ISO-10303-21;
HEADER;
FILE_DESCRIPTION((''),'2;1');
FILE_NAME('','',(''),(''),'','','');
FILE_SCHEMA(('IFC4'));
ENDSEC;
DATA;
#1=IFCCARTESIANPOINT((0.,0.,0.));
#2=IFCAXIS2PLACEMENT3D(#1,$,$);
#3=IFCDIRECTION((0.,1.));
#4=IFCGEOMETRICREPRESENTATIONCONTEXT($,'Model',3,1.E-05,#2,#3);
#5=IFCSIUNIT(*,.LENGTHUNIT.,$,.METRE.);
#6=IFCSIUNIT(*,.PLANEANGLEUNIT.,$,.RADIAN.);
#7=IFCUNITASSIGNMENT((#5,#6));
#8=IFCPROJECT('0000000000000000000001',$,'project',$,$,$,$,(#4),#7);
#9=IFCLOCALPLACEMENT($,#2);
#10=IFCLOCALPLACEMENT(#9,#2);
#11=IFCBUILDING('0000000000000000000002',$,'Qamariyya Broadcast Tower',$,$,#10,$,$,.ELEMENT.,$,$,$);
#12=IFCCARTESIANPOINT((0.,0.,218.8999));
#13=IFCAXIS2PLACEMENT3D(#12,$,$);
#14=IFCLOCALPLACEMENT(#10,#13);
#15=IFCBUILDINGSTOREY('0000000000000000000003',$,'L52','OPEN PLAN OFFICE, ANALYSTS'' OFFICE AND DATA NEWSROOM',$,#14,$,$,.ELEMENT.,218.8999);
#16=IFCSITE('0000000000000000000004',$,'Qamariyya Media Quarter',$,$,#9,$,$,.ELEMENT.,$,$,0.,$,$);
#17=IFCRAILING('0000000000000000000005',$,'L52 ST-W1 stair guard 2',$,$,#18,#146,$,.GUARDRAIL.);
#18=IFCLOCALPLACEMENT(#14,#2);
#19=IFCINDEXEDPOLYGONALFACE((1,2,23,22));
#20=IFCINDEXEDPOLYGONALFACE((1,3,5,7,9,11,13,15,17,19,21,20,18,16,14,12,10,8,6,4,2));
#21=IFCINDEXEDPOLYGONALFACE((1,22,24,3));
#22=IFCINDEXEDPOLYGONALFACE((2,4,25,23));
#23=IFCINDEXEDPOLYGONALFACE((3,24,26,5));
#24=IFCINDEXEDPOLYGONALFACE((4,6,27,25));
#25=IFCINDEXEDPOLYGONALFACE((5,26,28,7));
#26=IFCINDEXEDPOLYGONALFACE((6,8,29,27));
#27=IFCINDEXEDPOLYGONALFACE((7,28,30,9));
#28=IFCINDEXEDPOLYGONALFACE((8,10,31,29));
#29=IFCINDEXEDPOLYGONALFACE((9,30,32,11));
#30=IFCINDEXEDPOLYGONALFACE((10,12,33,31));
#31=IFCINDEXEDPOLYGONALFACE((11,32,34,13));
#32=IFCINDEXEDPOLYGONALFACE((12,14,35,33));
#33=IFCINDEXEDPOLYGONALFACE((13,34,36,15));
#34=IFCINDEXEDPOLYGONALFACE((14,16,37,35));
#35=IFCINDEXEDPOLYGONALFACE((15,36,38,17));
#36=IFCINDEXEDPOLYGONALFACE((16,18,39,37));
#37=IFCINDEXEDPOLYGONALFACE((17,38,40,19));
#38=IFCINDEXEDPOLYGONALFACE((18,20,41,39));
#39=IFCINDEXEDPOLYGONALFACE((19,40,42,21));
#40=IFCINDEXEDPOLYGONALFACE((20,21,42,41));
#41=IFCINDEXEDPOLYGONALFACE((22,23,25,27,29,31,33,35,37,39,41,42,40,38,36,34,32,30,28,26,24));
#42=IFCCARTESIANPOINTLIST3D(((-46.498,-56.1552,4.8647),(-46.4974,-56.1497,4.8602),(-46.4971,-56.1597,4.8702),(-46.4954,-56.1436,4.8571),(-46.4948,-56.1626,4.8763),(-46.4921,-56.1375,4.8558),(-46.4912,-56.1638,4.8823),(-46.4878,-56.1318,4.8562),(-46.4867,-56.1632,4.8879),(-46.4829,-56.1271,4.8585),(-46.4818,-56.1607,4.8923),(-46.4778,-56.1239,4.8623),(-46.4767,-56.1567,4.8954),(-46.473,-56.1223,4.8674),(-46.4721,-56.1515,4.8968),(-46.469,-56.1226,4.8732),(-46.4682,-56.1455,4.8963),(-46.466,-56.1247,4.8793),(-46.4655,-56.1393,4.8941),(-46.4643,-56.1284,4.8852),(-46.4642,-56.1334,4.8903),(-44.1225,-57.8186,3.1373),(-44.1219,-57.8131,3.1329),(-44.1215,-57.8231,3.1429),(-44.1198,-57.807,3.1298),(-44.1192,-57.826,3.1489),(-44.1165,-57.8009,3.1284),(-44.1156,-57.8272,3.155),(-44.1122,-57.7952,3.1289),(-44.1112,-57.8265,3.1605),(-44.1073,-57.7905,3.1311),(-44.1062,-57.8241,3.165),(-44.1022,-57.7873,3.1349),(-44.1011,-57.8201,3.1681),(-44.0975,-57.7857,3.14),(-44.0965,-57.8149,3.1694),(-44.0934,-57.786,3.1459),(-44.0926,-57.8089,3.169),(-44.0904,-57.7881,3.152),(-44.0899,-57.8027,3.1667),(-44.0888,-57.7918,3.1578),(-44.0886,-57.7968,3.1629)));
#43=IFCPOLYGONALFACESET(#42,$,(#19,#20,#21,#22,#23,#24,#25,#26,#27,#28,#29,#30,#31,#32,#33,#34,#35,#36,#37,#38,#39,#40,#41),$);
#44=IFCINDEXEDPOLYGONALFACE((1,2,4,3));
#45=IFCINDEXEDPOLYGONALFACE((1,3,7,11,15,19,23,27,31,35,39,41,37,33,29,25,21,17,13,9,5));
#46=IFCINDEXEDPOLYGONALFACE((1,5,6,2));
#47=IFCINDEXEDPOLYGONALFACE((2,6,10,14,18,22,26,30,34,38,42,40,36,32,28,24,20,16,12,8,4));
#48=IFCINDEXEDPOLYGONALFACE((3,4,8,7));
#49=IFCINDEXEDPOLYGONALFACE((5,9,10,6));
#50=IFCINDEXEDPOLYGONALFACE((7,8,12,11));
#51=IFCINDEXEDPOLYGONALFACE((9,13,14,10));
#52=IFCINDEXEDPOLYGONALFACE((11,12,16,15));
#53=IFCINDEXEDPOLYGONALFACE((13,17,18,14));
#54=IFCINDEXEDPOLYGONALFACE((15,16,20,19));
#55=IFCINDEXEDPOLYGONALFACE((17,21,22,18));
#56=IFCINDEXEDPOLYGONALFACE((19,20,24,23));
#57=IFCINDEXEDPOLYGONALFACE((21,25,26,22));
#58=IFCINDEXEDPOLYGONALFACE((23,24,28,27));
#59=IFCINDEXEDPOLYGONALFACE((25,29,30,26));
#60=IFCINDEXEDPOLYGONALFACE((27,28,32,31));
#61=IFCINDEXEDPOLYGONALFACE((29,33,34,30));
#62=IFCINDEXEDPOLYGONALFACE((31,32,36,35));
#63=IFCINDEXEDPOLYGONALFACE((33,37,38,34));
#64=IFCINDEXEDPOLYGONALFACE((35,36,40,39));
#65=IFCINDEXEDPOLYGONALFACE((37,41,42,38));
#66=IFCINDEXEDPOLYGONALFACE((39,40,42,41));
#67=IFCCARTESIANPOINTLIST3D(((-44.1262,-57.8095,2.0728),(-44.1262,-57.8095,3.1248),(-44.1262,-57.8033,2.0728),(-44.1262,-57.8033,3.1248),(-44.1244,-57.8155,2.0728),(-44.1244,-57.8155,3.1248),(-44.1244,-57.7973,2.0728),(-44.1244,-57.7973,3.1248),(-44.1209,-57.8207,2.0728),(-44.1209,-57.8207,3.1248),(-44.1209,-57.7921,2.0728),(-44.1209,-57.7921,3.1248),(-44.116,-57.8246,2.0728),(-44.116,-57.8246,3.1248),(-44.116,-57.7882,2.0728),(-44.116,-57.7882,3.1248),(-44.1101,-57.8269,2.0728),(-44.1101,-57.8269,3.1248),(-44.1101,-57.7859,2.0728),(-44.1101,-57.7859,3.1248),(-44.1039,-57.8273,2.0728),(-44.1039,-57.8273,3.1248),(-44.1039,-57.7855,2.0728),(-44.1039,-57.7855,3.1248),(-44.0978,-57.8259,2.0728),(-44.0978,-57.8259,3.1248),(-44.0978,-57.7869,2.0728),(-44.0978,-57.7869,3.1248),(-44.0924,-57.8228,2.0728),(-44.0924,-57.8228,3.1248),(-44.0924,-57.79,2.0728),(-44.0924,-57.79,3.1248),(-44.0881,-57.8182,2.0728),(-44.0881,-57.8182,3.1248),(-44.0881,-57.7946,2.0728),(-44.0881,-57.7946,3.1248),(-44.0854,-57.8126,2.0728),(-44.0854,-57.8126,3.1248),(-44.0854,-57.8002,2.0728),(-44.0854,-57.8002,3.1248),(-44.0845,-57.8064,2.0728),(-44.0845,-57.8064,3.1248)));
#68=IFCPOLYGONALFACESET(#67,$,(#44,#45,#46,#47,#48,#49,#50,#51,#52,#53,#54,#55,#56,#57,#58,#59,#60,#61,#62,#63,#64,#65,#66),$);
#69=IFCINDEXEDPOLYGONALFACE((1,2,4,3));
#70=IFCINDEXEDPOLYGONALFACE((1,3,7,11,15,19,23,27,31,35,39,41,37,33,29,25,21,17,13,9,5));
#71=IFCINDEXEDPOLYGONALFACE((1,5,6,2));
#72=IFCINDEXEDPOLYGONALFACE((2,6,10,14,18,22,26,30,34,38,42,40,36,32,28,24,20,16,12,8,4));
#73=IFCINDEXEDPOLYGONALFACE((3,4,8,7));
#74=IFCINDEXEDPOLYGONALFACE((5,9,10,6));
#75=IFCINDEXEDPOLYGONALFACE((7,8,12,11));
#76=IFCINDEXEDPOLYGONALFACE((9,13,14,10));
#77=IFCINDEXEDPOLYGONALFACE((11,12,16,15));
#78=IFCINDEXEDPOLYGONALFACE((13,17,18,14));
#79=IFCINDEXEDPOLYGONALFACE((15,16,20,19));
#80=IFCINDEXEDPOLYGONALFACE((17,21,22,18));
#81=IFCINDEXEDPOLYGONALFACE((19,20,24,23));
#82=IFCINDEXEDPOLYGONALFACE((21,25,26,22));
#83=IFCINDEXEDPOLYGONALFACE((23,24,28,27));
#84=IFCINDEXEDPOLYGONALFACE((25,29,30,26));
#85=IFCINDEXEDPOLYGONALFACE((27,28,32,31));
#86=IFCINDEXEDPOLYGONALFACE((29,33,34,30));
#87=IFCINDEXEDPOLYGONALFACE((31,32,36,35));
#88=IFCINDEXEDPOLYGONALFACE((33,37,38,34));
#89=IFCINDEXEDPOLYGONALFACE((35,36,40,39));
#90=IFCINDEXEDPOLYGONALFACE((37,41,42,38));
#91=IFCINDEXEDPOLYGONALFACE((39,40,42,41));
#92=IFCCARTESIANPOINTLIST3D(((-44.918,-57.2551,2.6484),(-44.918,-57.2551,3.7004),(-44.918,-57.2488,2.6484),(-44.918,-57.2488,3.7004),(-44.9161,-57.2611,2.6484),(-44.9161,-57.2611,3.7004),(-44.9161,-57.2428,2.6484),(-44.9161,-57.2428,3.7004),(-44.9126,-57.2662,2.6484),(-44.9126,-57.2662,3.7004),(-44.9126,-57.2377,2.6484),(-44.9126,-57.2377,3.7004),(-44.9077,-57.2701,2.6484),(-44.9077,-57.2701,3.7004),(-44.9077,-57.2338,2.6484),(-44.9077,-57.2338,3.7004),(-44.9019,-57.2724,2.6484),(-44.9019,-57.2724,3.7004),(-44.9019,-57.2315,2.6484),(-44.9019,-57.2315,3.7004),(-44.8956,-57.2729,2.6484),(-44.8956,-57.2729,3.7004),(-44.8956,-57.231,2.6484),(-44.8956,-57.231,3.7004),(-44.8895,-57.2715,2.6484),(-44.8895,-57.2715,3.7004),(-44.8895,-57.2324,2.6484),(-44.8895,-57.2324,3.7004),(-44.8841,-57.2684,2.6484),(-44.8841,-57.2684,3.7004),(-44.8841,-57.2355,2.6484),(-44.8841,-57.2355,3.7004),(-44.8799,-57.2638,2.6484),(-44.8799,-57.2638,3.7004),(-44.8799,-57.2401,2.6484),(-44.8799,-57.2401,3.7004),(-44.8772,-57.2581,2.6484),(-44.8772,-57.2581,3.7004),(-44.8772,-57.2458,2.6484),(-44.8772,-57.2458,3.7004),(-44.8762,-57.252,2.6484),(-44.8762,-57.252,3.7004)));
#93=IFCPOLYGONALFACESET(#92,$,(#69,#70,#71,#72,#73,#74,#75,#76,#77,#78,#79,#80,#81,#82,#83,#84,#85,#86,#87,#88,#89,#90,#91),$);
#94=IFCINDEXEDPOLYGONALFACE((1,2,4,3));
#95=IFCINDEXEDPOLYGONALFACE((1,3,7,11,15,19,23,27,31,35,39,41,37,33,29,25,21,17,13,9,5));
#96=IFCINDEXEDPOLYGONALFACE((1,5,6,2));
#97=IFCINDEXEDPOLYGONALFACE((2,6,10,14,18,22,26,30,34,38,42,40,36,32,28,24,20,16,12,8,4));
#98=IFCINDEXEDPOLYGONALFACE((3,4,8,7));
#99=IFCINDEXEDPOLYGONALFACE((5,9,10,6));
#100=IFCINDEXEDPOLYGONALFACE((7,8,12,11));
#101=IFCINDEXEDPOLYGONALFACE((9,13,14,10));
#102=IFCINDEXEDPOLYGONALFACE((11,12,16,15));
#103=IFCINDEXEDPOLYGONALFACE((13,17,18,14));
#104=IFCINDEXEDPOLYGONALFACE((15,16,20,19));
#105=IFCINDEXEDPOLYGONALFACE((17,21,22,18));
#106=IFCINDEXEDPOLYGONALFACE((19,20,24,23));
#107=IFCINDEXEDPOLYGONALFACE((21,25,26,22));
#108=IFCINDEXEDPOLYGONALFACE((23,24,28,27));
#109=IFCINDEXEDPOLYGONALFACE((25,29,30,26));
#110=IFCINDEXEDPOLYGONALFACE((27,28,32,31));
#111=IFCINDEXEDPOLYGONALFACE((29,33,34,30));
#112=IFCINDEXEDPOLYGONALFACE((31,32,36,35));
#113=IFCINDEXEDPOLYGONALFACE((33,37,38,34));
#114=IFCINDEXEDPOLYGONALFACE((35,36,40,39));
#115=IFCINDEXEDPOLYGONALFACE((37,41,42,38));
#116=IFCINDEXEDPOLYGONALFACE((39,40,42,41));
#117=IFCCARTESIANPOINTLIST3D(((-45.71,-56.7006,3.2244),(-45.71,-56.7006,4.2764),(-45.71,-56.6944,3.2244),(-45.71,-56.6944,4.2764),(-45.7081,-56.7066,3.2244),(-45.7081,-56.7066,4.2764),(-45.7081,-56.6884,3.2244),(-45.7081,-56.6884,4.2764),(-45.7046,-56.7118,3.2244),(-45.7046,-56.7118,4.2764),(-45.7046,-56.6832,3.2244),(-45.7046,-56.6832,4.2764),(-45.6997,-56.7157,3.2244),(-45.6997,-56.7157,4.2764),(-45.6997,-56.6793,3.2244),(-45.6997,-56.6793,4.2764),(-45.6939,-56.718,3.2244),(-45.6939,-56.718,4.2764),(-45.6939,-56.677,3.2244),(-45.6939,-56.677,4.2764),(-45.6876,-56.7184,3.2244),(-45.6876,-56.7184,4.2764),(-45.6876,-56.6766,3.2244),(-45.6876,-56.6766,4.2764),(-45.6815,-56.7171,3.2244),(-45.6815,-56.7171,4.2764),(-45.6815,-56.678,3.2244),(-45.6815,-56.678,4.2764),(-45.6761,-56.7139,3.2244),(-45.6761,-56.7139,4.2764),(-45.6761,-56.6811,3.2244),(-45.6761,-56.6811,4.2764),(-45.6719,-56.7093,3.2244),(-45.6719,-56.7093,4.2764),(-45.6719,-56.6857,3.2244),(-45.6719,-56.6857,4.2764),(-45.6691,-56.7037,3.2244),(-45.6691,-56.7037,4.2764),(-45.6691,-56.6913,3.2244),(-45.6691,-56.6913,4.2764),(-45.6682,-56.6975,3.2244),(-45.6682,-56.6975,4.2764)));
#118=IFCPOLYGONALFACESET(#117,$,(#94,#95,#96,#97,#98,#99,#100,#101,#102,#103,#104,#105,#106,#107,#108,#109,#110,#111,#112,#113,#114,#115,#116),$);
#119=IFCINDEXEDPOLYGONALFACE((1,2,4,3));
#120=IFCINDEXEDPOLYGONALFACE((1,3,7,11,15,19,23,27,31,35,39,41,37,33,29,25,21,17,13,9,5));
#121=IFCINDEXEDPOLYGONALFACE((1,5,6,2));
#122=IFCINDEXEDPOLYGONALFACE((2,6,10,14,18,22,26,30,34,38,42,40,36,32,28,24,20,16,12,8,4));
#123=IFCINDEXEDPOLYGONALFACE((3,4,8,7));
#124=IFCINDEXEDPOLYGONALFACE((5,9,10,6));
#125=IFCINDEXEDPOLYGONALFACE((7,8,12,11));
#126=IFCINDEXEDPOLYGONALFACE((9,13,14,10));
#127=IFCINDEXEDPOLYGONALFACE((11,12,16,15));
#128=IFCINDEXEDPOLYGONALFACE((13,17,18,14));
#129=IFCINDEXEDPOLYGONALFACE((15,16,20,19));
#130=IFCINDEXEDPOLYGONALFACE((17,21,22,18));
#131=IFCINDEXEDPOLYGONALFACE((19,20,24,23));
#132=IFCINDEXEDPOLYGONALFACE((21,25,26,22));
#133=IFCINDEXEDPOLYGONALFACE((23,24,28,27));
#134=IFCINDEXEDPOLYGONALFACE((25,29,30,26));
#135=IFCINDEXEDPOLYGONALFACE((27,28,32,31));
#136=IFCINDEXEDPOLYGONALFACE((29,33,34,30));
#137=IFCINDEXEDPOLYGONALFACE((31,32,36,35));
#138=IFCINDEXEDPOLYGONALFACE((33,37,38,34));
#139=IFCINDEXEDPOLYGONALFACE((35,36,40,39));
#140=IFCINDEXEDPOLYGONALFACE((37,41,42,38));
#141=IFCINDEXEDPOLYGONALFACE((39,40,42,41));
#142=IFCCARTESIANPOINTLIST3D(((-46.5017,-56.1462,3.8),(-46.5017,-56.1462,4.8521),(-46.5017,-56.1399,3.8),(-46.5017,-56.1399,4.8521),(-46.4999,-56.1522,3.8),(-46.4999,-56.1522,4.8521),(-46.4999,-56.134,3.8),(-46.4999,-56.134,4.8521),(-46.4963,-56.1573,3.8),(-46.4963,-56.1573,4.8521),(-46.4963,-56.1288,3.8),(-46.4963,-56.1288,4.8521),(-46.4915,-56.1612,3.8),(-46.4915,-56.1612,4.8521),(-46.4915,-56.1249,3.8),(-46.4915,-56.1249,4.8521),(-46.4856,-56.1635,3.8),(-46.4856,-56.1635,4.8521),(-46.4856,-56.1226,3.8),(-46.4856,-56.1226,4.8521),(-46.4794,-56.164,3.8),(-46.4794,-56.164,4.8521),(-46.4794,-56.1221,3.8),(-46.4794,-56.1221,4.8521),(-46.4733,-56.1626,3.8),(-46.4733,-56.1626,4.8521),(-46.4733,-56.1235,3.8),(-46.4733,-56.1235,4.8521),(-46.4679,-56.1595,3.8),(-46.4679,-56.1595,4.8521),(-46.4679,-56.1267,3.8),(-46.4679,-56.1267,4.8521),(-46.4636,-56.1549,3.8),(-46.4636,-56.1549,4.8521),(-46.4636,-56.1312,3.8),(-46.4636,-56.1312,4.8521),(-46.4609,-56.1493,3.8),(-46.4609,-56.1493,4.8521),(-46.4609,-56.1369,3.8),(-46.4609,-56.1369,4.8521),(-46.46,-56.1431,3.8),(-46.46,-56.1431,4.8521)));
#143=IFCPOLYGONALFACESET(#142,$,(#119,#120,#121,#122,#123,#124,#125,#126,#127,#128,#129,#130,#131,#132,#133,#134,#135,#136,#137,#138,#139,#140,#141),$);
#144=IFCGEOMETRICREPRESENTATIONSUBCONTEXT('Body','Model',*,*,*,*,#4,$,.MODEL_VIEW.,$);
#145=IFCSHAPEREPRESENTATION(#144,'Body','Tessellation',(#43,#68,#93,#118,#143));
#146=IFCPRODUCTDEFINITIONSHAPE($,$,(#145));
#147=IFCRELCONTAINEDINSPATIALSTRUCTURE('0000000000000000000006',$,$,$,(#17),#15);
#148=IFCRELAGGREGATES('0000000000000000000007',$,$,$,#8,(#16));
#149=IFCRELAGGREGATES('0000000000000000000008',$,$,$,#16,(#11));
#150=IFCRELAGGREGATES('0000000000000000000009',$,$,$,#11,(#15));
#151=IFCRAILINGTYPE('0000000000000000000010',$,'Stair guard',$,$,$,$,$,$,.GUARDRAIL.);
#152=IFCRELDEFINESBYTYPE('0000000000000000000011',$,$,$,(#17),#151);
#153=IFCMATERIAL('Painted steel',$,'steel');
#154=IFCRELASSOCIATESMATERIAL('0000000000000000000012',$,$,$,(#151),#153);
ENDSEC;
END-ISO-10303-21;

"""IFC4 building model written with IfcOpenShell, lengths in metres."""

from ifc_helpers import new_model, si_unit, direction, frame, origin, origin_2d, place, context, subcontext, project, spatial, circle, extrude, material, type_object, element, save


model = new_model("IFC4")

# Units and contexts
model_context = context("Model", 3, precision=1e-05, world=origin(), true_north=direction((0.0, 1.0)))
body_context = subcontext(model_context, "Body", "Model", "MODEL_VIEW")
ifc_project = project(units=[si_unit("LENGTHUNIT", "METRE"), si_unit("PLANEANGLEUNIT", "RADIAN")], contexts=[model_context])

# Site, building, storey
site_placement = place(None, origin())
site = spatial("IfcSite", under=ifc_project, at=site_placement, Name="Qamariyya Media Quarter", CompositionType="ELEMENT", RefElevation=0.0)
building_placement = place(site_placement, origin())
building = spatial("IfcBuilding", under=site, at=building_placement, Name="Qamariyya Broadcast Tower", CompositionType="ELEMENT")
storey_placement = place(building_placement, frame((0.0, 0.0, 218.8999)))
storey = spatial("IfcBuildingStorey", under=building, at=storey_placement, Name="L52", Description="OPEN PLAN OFFICE, ANALYSTS' OFFICE AND DATA NEWSROOM", CompositionType="ELEMENT", Elevation=218.8999)

# Railing
ifc_material_1 = material(Name="Painted steel", Category="steel")
railing_type_1 = type_object("IfcRailingType", Name="Stair guard", PredefinedType="GUARDRAIL", material=ifc_material_1)
railing_1_placement = place(storey_placement, frame((-44.1055, -57.8064, 2.0728)))
element("IfcRailing", 1, at=railing_1_placement, inside=storey, type_object=railing_type_1, Name="L52 ST-W1 stair guard 2", PredefinedType="GUARDRAIL", context=body_context, shape_type="SweptSolid", body=[
    extrude(circle(Radius=0.0239, at=origin_2d()), frame((0.0, 0.0, 1.0762), z_axis=(-0.70377, 0.492784, 0.511734), x_axis=(-0.573575, -0.819153, 0.0)), (0.0, 0.0, 1.0), 3.3755),
    extrude(circle(Radius=0.021, at=origin_2d()), origin(), (0.0, 0.0, 1.0), 1.052),
    extrude(circle(Radius=0.021, at=origin_2d()), frame((-0.7917, 0.5544, 0.5757)), (0.0, 0.0, 1.0), 1.052),
    extrude(circle(Radius=0.021, at=origin_2d()), frame((-1.5837, 1.1089, 1.1516)), (0.0, 0.0, 1.0), 1.052),
    extrude(circle(Radius=0.021, at=origin_2d()), frame((-2.3755, 1.6633, 1.7273)), (0.0, 0.0, 1.0), 1.052),
])

save(model, "model.ifc")
